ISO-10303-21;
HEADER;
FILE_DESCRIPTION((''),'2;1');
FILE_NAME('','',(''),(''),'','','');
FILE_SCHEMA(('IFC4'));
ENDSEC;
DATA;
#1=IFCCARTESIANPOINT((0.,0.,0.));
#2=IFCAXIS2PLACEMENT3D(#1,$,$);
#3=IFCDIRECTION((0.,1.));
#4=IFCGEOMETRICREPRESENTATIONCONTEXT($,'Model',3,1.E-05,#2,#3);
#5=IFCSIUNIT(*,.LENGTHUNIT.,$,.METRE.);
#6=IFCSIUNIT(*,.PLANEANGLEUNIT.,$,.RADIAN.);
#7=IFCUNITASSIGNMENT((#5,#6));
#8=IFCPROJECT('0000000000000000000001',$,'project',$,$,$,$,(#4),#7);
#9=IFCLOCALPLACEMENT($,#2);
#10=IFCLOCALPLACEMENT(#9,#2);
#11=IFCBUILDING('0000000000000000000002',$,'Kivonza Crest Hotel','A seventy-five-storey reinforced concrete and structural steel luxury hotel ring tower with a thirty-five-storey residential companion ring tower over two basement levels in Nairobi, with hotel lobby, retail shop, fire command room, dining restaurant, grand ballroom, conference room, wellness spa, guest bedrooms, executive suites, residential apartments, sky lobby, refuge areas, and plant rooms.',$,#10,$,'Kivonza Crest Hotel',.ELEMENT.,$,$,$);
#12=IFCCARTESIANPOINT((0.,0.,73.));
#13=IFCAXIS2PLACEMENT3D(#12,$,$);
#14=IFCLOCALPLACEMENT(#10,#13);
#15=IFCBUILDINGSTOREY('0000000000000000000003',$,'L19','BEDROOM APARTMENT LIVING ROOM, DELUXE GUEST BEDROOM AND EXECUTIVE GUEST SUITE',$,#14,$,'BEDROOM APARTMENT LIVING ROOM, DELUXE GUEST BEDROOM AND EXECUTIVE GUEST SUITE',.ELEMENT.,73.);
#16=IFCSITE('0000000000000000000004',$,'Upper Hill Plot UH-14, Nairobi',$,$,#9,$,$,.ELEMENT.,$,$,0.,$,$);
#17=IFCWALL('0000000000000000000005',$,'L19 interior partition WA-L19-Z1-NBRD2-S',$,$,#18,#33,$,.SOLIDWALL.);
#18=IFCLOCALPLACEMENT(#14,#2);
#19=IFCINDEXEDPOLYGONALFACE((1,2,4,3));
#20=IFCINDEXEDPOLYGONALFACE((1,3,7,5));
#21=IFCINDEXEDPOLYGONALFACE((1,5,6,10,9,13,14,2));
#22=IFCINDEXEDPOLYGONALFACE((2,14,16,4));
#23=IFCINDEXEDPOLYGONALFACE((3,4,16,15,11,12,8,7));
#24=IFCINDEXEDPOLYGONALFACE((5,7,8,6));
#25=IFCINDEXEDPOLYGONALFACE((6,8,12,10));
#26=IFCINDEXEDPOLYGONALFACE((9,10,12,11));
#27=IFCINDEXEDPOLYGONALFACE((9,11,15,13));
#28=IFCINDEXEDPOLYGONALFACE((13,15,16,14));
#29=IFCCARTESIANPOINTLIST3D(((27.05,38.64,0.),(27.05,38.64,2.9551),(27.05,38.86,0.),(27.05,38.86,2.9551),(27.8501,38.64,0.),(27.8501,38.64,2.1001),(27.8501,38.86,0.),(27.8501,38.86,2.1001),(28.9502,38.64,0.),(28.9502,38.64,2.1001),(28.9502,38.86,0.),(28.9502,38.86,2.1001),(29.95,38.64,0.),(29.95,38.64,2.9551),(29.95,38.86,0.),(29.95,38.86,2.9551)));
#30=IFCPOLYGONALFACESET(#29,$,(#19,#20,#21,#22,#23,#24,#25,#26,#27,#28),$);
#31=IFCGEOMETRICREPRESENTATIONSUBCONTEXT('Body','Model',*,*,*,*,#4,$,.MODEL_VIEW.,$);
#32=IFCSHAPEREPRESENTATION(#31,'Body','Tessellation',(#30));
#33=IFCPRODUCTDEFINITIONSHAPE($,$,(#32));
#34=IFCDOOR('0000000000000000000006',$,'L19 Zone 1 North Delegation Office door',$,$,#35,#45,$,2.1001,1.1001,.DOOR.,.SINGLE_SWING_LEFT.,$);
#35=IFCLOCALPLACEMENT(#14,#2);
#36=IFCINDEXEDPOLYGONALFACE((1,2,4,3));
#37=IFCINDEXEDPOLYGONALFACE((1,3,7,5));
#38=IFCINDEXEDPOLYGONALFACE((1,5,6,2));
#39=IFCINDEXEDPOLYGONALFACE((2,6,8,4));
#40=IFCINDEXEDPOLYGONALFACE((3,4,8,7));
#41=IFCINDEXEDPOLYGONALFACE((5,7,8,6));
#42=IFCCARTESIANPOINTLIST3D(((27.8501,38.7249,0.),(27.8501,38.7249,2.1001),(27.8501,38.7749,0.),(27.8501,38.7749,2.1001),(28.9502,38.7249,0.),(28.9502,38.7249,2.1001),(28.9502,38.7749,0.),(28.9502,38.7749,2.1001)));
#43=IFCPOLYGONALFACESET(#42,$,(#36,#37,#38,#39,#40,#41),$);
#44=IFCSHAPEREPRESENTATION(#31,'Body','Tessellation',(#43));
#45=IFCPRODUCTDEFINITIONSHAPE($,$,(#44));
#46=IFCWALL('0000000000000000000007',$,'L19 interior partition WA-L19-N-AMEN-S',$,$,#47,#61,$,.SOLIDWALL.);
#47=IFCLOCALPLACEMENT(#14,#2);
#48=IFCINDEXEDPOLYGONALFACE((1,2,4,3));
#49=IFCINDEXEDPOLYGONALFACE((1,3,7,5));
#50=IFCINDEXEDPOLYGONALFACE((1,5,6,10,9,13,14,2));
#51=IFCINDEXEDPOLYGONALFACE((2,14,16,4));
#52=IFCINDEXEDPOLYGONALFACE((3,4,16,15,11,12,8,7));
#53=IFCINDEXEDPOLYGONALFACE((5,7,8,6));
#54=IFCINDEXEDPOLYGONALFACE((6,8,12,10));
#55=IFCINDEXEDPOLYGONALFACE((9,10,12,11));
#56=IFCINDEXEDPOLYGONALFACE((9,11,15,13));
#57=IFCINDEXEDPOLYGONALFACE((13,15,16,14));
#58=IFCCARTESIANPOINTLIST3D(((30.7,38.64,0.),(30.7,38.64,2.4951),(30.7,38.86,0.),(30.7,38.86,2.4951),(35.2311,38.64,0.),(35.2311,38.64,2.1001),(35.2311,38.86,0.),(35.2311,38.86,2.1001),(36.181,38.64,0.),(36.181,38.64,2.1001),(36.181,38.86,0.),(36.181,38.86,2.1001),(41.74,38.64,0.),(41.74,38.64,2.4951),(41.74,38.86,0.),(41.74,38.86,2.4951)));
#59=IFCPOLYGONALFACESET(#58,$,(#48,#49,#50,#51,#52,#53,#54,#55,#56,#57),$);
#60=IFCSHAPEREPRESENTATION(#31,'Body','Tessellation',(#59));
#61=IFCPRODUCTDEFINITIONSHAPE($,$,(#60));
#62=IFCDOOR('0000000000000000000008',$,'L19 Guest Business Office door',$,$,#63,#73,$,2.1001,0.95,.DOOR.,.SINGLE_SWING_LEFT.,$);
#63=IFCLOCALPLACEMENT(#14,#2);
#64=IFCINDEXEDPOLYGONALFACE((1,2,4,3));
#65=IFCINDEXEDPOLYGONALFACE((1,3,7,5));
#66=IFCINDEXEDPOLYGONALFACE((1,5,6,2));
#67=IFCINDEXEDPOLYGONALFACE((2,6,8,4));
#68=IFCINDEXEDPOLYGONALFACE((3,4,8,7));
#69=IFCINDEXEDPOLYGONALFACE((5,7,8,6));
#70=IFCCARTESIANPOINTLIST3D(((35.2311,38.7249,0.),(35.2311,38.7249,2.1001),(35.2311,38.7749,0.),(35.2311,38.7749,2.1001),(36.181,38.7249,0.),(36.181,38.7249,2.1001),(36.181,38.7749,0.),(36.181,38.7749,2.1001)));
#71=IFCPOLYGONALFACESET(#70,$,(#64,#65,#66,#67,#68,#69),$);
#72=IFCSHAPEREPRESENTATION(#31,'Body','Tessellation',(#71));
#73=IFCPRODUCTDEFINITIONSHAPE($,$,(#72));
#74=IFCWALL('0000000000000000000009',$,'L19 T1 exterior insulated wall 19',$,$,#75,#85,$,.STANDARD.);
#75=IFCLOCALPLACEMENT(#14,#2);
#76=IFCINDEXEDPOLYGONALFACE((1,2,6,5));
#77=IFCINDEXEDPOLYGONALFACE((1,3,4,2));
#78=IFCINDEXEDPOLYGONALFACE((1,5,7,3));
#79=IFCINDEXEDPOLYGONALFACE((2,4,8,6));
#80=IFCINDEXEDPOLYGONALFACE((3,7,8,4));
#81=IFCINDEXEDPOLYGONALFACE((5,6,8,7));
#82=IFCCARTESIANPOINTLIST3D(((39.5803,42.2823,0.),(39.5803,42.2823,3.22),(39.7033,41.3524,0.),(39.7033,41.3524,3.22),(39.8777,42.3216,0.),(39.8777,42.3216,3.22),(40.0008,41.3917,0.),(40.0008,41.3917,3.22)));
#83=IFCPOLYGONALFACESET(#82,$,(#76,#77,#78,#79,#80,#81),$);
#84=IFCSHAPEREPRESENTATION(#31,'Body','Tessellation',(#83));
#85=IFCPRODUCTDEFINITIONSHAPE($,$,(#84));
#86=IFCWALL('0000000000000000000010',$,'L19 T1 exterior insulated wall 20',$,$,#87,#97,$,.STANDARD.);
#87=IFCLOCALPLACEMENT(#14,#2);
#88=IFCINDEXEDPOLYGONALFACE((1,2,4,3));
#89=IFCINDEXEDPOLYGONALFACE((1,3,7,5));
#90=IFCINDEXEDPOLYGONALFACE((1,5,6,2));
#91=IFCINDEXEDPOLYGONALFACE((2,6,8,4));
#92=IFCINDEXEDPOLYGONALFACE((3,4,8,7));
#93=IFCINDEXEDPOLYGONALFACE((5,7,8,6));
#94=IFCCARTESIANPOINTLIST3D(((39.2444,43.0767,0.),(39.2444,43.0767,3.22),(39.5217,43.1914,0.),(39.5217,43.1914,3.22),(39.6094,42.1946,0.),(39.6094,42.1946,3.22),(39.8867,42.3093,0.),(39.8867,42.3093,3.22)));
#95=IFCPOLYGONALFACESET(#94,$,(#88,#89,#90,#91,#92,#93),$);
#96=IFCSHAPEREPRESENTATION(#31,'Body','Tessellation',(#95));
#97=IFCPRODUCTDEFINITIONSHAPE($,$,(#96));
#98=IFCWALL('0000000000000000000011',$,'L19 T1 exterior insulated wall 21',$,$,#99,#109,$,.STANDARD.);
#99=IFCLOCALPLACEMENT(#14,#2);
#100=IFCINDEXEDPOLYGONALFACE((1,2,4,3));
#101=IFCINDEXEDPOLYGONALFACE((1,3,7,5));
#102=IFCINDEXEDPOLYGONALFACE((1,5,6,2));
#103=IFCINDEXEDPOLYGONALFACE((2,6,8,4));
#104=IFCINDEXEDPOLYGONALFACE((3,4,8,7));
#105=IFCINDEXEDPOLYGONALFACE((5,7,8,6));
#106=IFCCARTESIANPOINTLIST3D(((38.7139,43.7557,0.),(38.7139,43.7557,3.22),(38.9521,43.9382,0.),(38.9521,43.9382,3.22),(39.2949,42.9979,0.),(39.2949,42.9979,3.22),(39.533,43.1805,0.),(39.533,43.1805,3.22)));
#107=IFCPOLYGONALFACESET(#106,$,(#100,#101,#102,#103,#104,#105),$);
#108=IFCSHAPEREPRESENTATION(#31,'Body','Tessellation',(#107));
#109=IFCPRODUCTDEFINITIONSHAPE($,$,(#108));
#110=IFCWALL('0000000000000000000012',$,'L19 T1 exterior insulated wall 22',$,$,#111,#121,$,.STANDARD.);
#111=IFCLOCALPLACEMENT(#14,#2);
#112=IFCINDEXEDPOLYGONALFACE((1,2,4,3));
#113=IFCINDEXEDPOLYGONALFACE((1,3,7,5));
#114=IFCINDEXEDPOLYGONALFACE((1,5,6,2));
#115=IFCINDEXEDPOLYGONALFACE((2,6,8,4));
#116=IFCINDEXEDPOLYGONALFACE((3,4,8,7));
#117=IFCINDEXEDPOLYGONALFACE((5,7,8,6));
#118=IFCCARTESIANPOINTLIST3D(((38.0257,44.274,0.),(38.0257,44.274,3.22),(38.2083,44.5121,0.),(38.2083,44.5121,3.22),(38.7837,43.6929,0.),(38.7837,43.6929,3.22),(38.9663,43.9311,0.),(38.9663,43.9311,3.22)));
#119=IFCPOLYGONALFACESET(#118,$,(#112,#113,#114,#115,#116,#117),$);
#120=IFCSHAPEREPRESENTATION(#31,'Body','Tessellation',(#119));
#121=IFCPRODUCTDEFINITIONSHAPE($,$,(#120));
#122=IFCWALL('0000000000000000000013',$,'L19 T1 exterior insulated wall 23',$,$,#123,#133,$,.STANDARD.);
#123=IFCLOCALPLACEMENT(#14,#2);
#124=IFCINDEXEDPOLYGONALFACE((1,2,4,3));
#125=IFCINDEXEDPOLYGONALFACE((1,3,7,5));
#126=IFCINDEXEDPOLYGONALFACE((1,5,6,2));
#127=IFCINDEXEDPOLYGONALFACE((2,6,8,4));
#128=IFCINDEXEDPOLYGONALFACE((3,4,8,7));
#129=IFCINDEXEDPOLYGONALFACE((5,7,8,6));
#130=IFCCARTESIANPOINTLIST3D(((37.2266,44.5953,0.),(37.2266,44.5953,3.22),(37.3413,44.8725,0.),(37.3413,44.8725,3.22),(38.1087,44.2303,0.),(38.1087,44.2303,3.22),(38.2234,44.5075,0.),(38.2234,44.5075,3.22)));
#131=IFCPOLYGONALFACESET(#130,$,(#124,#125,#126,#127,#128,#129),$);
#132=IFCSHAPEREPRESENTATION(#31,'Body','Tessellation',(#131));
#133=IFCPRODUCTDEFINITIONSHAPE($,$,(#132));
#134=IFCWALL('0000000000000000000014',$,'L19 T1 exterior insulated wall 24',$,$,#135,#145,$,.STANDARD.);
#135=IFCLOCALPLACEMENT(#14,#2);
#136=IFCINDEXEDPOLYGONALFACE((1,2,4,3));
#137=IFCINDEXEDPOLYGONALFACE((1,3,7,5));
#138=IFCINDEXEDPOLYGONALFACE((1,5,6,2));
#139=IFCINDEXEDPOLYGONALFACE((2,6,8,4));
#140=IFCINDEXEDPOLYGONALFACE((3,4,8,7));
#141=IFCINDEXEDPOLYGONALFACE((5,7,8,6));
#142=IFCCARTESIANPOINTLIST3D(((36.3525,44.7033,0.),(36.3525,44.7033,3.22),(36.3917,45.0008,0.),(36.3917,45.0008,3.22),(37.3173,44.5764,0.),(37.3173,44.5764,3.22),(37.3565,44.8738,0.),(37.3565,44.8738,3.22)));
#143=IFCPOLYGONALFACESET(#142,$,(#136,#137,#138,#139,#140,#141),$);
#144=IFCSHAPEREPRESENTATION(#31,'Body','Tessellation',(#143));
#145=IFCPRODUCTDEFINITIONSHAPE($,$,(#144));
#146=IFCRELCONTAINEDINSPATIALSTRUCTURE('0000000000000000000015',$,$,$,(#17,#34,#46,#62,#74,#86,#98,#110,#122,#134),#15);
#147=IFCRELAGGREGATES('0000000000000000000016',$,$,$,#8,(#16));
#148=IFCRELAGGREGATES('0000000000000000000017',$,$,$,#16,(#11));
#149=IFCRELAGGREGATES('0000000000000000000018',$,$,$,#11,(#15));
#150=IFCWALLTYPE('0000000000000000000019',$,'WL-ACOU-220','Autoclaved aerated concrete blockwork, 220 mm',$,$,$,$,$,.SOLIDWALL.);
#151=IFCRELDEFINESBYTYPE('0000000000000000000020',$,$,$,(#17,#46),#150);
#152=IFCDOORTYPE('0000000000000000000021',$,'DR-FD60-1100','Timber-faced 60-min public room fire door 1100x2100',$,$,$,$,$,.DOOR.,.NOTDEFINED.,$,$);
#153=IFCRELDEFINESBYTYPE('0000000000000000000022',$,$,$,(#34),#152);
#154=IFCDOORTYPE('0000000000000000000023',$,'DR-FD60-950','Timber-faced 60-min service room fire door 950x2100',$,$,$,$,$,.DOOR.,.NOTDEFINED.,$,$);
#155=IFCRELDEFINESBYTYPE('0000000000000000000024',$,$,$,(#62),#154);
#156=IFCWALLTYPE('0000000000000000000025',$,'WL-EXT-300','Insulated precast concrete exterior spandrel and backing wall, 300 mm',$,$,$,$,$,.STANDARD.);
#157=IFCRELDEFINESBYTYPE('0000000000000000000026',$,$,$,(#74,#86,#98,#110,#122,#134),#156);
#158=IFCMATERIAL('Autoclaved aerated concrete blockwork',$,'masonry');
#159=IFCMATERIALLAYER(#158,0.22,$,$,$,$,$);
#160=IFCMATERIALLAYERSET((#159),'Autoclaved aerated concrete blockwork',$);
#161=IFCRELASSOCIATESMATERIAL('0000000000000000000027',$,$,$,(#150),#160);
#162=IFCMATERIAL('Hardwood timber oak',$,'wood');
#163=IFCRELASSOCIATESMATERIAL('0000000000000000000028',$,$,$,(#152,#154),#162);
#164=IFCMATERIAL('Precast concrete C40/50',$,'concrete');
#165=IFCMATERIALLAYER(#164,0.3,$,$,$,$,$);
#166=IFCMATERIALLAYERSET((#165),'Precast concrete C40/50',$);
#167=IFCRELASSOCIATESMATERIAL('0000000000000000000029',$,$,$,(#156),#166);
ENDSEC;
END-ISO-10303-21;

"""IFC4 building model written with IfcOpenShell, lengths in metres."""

from ifc_helpers import new_model, si_unit, direction, frame, frame_2d, origin, place, context, subcontext, project, spatial, rectangle, extrude, material, layer, layer_set, type_object, element, fill, save


model = new_model("IFC4")

# Units and contexts
model_context = context("Model", 3, precision=1e-05, world=origin(), true_north=direction((0.0, 1.0)))
body_context = subcontext(model_context, "Body", "Model", "MODEL_VIEW")
ifc_project = project(units=[si_unit("LENGTHUNIT", "METRE"), si_unit("PLANEANGLEUNIT", "RADIAN")], contexts=[model_context])

# Site, building, storey
site_placement = place(None, origin())
site = spatial("IfcSite", under=ifc_project, at=site_placement, Name="Upper Hill Plot UH-14, Nairobi", CompositionType="ELEMENT", RefElevation=0.0)
building_placement = place(site_placement, origin())
building = spatial("IfcBuilding", under=site, at=building_placement, Name="Kivonza Crest Hotel", Description="A seventy-five-storey reinforced concrete and structural steel luxury hotel ring tower with a thirty-five-storey residential companion ring tower over two basement levels in Nairobi, with hotel lobby, retail shop, fire command room, dining restaurant, grand ballroom, conference room, wellness spa, guest bedrooms, executive suites, residential apartments, sky lobby, refuge areas, and plant rooms.", LongName="Kivonza Crest Hotel", CompositionType="ELEMENT")
storey_placement = place(building_placement, frame((0.0, 0.0, 73.0)))
storey = spatial("IfcBuildingStorey", under=building, at=storey_placement, Name="L19", Description="BEDROOM APARTMENT LIVING ROOM, DELUXE GUEST BEDROOM AND EXECUTIVE GUEST SUITE", LongName="BEDROOM APARTMENT LIVING ROOM, DELUXE GUEST BEDROOM AND EXECUTIVE GUEST SUITE", CompositionType="ELEMENT", Elevation=73.0)

# Walls, openings, doors
ifc_material_1 = material(Name="Autoclaved aerated concrete blockwork", Category="masonry")
ifc_layer_1 = layer(ifc_material_1, 0.22)
ifc_layer_set_1 = layer_set([ifc_layer_1], Name="Autoclaved aerated concrete blockwork")
wall_type_1 = type_object("IfcWallType", Name="WL-ACOU-220", Description="Autoclaved aerated concrete blockwork, 220 mm", PredefinedType="SOLIDWALL", material=ifc_layer_set_1)
wall_1_placement = place(storey_placement, frame((27.05, 38.75, 0.0), z_axis=(0.0, 0.0, 1.0), x_axis=(1.0, 0.0, 0.0)))
wall_1 = element("IfcWall", 1, at=wall_1_placement, inside=storey, type_object=wall_type_1, Name="L19 interior partition WA-L19-Z1-NBRD2-S", PredefinedType="SOLIDWALL", context=body_context, shape_type="SweptSolid", body=[
    extrude(rectangle(XDim=2.8999, YDim=0.22, at=frame_2d((1.45, 0.0))), origin(), (0.0, 0.0, 1.0), 2.9551),
])
opening_1_placement = place(wall_1_placement, frame((0.8, 0.0, 0.0)))
opening_1 = element("IfcOpeningElement", 2, at=opening_1_placement, cuts=wall_1, PredefinedType="OPENING", context=body_context, shape_type="SweptSolid", body=[
    extrude(rectangle(XDim=1.1001, YDim=2.1001, at=frame_2d((0.55, 1.05))), frame((0.0, 0.1201, 0.0), z_axis=(0.0, -1.0, 0.0), x_axis=(1.0, 0.0, 0.0)), (0.0, 0.0, 1.0), 0.24),
])
ifc_material_2 = material(Name="Hardwood timber oak", Category="wood")
door_type_1 = type_object("IfcDoorType", Name="DR-FD60-1100", Description="Timber-faced 60-min public room fire door 1100x2100", OperationType="NOTDEFINED", PredefinedType="DOOR", material=ifc_material_2)
door_1_placement = place(opening_1_placement, origin())
door_1 = element("IfcDoor", 3, at=door_1_placement, inside=storey, type_object=door_type_1, Name="L19 Zone 1 North Delegation Office door", OperationType="SINGLE_SWING_LEFT", OverallHeight=2.1001, OverallWidth=1.1001, PredefinedType="DOOR", context=body_context, shape_type="SweptSolid", body=[
    extrude(rectangle(XDim=1.1001, YDim=2.1001, at=frame_2d((0.55, 1.05))), frame((0.0, 0.0249, 0.0), z_axis=(0.0, -1.0, 0.0), x_axis=(1.0, 0.0, 0.0)), (0.0, 0.0, 1.0), 0.05),
])
fill(opening_1, door_1)
wall_2_placement = place(storey_placement, frame((30.7, 38.75, 0.0), z_axis=(0.0, 0.0, 1.0), x_axis=(1.0, 0.0, 0.0)))
wall_2 = element("IfcWall", 4, at=wall_2_placement, inside=storey, type_object=wall_type_1, Name="L19 interior partition WA-L19-N-AMEN-S", PredefinedType="SOLIDWALL", context=body_context, shape_type="SweptSolid", body=[
    extrude(rectangle(XDim=11.04, YDim=0.22, at=frame_2d((5.52, 0.0))), origin(), (0.0, 0.0, 1.0), 2.4951),
])
opening_2_placement = place(wall_2_placement, frame((4.531, 0.0, 0.0)))
opening_2 = element("IfcOpeningElement", 5, at=opening_2_placement, cuts=wall_2, PredefinedType="OPENING", context=body_context, shape_type="SweptSolid", body=[
    extrude(rectangle(XDim=0.95, YDim=2.1001, at=frame_2d((0.4751, 1.05))), frame((0.0, 0.1201, 0.0), z_axis=(0.0, -1.0, 0.0), x_axis=(1.0, 0.0, 0.0)), (0.0, 0.0, 1.0), 0.24),
])
door_type_2 = type_object("IfcDoorType", Name="DR-FD60-950", Description="Timber-faced 60-min service room fire door 950x2100", OperationType="NOTDEFINED", PredefinedType="DOOR", material=ifc_material_2)
door_2_placement = place(opening_2_placement, origin())
door_2 = element("IfcDoor", 6, at=door_2_placement, inside=storey, type_object=door_type_2, Name="L19 Guest Business Office door", OperationType="SINGLE_SWING_LEFT", OverallHeight=2.1001, OverallWidth=0.95, PredefinedType="DOOR", context=body_context, shape_type="SweptSolid", body=[
    extrude(rectangle(XDim=0.95, YDim=2.1001, at=frame_2d((0.4751, 1.05))), frame((0.0, 0.0249, 0.0), z_axis=(0.0, -1.0, 0.0), x_axis=(1.0, 0.0, 0.0)), (0.0, 0.0, 1.0), 0.05),
])
fill(opening_2, door_2)

# Walls
ifc_material_3 = material(Name="Precast concrete C40/50", Category="concrete")
ifc_layer_2 = layer(ifc_material_3, 0.3)
ifc_layer_set_2 = layer_set([ifc_layer_2], Name="Precast concrete C40/50")
wall_type_2 = type_object("IfcWallType", Name="WL-EXT-300", Description="Insulated precast concrete exterior spandrel and backing wall, 300 mm", PredefinedType="STANDARD", material=ifc_layer_set_2)
wall_3_placement = place(storey_placement, frame((39.8521, 41.3721, 0.0), z_axis=(0.0, 0.0, 1.0), x_axis=(-0.131175, 0.991359, 0.0)))
element("IfcWall", 7, at=wall_3_placement, inside=storey, type_object=wall_type_2, Name="L19 T1 exterior insulated wall 19", PredefinedType="STANDARD", context=body_context, shape_type="SweptSolid", body=[
    extrude(rectangle(XDim=0.938, YDim=0.3, at=frame_2d((0.469, 0.0))), origin(), (0.0, 0.0, 1.0), 3.22),
])
wall_4_placement = place(storey_placement, frame((39.748, 42.252, 0.0), z_axis=(0.0, 0.0, 1.0), x_axis=(-0.382344, 0.92402, 0.0)))
element("IfcWall", 8, at=wall_4_placement, inside=storey, type_object=wall_type_2, Name="L19 T1 exterior insulated wall 20", PredefinedType="STANDARD", context=body_context, shape_type="SweptSolid", body=[
    extrude(rectangle(XDim=0.9546, YDim=0.3, at=frame_2d((0.4773, 0.0))), origin(), (0.0, 0.0, 1.0), 3.22),
])
wall_5_placement = place(storey_placement, frame((39.4141, 43.0891, 0.0), z_axis=(0.0, 0.0, 1.0), x_axis=(-0.608474, 0.793573, 0.0)))
element("IfcWall", 9, at=wall_5_placement, inside=storey, type_object=wall_type_2, Name="L19 T1 exterior insulated wall 21", PredefinedType="STANDARD", context=body_context, shape_type="SweptSolid", body=[
    extrude(rectangle(XDim=0.9548, YDim=0.3, at=frame_2d((0.4775, 0.0))), origin(), (0.0, 0.0, 1.0), 3.22),
])
wall_6_placement = place(storey_placement, frame((38.875, 43.812, 0.0), z_axis=(0.0, 0.0, 1.0), x_axis=(-0.793668, 0.608351, 0.0)))
element("IfcWall", 10, at=wall_6_placement, inside=storey, type_object=wall_type_2, Name="L19 T1 exterior insulated wall 22", PredefinedType="STANDARD", context=body_context, shape_type="SweptSolid", body=[
    extrude(rectangle(XDim=0.9551, YDim=0.3, at=frame_2d((0.4775, 0.0))), origin(), (0.0, 0.0, 1.0), 3.22),
])
wall_7_placement = place(storey_placement, frame((38.166, 44.3689, 0.0), z_axis=(0.0, 0.0, 1.0), x_axis=(-0.92402, 0.382344, 0.0)))
element("IfcWall", 11, at=wall_7_placement, inside=storey, type_object=wall_type_2, Name="L19 T1 exterior insulated wall 23", PredefinedType="STANDARD", context=body_context, shape_type="SweptSolid", body=[
    extrude(rectangle(XDim=0.9546, YDim=0.3, at=frame_2d((0.4773, 0.0))), origin(), (0.0, 0.0, 1.0), 3.22),
])
wall_8_placement = place(storey_placement, frame((37.3369, 44.7251, 0.0), z_axis=(0.0, 0.0, 1.0), x_axis=(-0.991454, 0.130455, 0.0)))
element("IfcWall", 12, at=wall_8_placement, inside=storey, type_object=wall_type_2, Name="L19 T1 exterior insulated wall 24", PredefinedType="STANDARD", context=body_context, shape_type="SweptSolid", body=[
    extrude(rectangle(XDim=0.9731, YDim=0.3, at=frame_2d((0.4866, 0.0))), origin(), (0.0, 0.0, 1.0), 3.22),
])

save(model, "model.ifc")
